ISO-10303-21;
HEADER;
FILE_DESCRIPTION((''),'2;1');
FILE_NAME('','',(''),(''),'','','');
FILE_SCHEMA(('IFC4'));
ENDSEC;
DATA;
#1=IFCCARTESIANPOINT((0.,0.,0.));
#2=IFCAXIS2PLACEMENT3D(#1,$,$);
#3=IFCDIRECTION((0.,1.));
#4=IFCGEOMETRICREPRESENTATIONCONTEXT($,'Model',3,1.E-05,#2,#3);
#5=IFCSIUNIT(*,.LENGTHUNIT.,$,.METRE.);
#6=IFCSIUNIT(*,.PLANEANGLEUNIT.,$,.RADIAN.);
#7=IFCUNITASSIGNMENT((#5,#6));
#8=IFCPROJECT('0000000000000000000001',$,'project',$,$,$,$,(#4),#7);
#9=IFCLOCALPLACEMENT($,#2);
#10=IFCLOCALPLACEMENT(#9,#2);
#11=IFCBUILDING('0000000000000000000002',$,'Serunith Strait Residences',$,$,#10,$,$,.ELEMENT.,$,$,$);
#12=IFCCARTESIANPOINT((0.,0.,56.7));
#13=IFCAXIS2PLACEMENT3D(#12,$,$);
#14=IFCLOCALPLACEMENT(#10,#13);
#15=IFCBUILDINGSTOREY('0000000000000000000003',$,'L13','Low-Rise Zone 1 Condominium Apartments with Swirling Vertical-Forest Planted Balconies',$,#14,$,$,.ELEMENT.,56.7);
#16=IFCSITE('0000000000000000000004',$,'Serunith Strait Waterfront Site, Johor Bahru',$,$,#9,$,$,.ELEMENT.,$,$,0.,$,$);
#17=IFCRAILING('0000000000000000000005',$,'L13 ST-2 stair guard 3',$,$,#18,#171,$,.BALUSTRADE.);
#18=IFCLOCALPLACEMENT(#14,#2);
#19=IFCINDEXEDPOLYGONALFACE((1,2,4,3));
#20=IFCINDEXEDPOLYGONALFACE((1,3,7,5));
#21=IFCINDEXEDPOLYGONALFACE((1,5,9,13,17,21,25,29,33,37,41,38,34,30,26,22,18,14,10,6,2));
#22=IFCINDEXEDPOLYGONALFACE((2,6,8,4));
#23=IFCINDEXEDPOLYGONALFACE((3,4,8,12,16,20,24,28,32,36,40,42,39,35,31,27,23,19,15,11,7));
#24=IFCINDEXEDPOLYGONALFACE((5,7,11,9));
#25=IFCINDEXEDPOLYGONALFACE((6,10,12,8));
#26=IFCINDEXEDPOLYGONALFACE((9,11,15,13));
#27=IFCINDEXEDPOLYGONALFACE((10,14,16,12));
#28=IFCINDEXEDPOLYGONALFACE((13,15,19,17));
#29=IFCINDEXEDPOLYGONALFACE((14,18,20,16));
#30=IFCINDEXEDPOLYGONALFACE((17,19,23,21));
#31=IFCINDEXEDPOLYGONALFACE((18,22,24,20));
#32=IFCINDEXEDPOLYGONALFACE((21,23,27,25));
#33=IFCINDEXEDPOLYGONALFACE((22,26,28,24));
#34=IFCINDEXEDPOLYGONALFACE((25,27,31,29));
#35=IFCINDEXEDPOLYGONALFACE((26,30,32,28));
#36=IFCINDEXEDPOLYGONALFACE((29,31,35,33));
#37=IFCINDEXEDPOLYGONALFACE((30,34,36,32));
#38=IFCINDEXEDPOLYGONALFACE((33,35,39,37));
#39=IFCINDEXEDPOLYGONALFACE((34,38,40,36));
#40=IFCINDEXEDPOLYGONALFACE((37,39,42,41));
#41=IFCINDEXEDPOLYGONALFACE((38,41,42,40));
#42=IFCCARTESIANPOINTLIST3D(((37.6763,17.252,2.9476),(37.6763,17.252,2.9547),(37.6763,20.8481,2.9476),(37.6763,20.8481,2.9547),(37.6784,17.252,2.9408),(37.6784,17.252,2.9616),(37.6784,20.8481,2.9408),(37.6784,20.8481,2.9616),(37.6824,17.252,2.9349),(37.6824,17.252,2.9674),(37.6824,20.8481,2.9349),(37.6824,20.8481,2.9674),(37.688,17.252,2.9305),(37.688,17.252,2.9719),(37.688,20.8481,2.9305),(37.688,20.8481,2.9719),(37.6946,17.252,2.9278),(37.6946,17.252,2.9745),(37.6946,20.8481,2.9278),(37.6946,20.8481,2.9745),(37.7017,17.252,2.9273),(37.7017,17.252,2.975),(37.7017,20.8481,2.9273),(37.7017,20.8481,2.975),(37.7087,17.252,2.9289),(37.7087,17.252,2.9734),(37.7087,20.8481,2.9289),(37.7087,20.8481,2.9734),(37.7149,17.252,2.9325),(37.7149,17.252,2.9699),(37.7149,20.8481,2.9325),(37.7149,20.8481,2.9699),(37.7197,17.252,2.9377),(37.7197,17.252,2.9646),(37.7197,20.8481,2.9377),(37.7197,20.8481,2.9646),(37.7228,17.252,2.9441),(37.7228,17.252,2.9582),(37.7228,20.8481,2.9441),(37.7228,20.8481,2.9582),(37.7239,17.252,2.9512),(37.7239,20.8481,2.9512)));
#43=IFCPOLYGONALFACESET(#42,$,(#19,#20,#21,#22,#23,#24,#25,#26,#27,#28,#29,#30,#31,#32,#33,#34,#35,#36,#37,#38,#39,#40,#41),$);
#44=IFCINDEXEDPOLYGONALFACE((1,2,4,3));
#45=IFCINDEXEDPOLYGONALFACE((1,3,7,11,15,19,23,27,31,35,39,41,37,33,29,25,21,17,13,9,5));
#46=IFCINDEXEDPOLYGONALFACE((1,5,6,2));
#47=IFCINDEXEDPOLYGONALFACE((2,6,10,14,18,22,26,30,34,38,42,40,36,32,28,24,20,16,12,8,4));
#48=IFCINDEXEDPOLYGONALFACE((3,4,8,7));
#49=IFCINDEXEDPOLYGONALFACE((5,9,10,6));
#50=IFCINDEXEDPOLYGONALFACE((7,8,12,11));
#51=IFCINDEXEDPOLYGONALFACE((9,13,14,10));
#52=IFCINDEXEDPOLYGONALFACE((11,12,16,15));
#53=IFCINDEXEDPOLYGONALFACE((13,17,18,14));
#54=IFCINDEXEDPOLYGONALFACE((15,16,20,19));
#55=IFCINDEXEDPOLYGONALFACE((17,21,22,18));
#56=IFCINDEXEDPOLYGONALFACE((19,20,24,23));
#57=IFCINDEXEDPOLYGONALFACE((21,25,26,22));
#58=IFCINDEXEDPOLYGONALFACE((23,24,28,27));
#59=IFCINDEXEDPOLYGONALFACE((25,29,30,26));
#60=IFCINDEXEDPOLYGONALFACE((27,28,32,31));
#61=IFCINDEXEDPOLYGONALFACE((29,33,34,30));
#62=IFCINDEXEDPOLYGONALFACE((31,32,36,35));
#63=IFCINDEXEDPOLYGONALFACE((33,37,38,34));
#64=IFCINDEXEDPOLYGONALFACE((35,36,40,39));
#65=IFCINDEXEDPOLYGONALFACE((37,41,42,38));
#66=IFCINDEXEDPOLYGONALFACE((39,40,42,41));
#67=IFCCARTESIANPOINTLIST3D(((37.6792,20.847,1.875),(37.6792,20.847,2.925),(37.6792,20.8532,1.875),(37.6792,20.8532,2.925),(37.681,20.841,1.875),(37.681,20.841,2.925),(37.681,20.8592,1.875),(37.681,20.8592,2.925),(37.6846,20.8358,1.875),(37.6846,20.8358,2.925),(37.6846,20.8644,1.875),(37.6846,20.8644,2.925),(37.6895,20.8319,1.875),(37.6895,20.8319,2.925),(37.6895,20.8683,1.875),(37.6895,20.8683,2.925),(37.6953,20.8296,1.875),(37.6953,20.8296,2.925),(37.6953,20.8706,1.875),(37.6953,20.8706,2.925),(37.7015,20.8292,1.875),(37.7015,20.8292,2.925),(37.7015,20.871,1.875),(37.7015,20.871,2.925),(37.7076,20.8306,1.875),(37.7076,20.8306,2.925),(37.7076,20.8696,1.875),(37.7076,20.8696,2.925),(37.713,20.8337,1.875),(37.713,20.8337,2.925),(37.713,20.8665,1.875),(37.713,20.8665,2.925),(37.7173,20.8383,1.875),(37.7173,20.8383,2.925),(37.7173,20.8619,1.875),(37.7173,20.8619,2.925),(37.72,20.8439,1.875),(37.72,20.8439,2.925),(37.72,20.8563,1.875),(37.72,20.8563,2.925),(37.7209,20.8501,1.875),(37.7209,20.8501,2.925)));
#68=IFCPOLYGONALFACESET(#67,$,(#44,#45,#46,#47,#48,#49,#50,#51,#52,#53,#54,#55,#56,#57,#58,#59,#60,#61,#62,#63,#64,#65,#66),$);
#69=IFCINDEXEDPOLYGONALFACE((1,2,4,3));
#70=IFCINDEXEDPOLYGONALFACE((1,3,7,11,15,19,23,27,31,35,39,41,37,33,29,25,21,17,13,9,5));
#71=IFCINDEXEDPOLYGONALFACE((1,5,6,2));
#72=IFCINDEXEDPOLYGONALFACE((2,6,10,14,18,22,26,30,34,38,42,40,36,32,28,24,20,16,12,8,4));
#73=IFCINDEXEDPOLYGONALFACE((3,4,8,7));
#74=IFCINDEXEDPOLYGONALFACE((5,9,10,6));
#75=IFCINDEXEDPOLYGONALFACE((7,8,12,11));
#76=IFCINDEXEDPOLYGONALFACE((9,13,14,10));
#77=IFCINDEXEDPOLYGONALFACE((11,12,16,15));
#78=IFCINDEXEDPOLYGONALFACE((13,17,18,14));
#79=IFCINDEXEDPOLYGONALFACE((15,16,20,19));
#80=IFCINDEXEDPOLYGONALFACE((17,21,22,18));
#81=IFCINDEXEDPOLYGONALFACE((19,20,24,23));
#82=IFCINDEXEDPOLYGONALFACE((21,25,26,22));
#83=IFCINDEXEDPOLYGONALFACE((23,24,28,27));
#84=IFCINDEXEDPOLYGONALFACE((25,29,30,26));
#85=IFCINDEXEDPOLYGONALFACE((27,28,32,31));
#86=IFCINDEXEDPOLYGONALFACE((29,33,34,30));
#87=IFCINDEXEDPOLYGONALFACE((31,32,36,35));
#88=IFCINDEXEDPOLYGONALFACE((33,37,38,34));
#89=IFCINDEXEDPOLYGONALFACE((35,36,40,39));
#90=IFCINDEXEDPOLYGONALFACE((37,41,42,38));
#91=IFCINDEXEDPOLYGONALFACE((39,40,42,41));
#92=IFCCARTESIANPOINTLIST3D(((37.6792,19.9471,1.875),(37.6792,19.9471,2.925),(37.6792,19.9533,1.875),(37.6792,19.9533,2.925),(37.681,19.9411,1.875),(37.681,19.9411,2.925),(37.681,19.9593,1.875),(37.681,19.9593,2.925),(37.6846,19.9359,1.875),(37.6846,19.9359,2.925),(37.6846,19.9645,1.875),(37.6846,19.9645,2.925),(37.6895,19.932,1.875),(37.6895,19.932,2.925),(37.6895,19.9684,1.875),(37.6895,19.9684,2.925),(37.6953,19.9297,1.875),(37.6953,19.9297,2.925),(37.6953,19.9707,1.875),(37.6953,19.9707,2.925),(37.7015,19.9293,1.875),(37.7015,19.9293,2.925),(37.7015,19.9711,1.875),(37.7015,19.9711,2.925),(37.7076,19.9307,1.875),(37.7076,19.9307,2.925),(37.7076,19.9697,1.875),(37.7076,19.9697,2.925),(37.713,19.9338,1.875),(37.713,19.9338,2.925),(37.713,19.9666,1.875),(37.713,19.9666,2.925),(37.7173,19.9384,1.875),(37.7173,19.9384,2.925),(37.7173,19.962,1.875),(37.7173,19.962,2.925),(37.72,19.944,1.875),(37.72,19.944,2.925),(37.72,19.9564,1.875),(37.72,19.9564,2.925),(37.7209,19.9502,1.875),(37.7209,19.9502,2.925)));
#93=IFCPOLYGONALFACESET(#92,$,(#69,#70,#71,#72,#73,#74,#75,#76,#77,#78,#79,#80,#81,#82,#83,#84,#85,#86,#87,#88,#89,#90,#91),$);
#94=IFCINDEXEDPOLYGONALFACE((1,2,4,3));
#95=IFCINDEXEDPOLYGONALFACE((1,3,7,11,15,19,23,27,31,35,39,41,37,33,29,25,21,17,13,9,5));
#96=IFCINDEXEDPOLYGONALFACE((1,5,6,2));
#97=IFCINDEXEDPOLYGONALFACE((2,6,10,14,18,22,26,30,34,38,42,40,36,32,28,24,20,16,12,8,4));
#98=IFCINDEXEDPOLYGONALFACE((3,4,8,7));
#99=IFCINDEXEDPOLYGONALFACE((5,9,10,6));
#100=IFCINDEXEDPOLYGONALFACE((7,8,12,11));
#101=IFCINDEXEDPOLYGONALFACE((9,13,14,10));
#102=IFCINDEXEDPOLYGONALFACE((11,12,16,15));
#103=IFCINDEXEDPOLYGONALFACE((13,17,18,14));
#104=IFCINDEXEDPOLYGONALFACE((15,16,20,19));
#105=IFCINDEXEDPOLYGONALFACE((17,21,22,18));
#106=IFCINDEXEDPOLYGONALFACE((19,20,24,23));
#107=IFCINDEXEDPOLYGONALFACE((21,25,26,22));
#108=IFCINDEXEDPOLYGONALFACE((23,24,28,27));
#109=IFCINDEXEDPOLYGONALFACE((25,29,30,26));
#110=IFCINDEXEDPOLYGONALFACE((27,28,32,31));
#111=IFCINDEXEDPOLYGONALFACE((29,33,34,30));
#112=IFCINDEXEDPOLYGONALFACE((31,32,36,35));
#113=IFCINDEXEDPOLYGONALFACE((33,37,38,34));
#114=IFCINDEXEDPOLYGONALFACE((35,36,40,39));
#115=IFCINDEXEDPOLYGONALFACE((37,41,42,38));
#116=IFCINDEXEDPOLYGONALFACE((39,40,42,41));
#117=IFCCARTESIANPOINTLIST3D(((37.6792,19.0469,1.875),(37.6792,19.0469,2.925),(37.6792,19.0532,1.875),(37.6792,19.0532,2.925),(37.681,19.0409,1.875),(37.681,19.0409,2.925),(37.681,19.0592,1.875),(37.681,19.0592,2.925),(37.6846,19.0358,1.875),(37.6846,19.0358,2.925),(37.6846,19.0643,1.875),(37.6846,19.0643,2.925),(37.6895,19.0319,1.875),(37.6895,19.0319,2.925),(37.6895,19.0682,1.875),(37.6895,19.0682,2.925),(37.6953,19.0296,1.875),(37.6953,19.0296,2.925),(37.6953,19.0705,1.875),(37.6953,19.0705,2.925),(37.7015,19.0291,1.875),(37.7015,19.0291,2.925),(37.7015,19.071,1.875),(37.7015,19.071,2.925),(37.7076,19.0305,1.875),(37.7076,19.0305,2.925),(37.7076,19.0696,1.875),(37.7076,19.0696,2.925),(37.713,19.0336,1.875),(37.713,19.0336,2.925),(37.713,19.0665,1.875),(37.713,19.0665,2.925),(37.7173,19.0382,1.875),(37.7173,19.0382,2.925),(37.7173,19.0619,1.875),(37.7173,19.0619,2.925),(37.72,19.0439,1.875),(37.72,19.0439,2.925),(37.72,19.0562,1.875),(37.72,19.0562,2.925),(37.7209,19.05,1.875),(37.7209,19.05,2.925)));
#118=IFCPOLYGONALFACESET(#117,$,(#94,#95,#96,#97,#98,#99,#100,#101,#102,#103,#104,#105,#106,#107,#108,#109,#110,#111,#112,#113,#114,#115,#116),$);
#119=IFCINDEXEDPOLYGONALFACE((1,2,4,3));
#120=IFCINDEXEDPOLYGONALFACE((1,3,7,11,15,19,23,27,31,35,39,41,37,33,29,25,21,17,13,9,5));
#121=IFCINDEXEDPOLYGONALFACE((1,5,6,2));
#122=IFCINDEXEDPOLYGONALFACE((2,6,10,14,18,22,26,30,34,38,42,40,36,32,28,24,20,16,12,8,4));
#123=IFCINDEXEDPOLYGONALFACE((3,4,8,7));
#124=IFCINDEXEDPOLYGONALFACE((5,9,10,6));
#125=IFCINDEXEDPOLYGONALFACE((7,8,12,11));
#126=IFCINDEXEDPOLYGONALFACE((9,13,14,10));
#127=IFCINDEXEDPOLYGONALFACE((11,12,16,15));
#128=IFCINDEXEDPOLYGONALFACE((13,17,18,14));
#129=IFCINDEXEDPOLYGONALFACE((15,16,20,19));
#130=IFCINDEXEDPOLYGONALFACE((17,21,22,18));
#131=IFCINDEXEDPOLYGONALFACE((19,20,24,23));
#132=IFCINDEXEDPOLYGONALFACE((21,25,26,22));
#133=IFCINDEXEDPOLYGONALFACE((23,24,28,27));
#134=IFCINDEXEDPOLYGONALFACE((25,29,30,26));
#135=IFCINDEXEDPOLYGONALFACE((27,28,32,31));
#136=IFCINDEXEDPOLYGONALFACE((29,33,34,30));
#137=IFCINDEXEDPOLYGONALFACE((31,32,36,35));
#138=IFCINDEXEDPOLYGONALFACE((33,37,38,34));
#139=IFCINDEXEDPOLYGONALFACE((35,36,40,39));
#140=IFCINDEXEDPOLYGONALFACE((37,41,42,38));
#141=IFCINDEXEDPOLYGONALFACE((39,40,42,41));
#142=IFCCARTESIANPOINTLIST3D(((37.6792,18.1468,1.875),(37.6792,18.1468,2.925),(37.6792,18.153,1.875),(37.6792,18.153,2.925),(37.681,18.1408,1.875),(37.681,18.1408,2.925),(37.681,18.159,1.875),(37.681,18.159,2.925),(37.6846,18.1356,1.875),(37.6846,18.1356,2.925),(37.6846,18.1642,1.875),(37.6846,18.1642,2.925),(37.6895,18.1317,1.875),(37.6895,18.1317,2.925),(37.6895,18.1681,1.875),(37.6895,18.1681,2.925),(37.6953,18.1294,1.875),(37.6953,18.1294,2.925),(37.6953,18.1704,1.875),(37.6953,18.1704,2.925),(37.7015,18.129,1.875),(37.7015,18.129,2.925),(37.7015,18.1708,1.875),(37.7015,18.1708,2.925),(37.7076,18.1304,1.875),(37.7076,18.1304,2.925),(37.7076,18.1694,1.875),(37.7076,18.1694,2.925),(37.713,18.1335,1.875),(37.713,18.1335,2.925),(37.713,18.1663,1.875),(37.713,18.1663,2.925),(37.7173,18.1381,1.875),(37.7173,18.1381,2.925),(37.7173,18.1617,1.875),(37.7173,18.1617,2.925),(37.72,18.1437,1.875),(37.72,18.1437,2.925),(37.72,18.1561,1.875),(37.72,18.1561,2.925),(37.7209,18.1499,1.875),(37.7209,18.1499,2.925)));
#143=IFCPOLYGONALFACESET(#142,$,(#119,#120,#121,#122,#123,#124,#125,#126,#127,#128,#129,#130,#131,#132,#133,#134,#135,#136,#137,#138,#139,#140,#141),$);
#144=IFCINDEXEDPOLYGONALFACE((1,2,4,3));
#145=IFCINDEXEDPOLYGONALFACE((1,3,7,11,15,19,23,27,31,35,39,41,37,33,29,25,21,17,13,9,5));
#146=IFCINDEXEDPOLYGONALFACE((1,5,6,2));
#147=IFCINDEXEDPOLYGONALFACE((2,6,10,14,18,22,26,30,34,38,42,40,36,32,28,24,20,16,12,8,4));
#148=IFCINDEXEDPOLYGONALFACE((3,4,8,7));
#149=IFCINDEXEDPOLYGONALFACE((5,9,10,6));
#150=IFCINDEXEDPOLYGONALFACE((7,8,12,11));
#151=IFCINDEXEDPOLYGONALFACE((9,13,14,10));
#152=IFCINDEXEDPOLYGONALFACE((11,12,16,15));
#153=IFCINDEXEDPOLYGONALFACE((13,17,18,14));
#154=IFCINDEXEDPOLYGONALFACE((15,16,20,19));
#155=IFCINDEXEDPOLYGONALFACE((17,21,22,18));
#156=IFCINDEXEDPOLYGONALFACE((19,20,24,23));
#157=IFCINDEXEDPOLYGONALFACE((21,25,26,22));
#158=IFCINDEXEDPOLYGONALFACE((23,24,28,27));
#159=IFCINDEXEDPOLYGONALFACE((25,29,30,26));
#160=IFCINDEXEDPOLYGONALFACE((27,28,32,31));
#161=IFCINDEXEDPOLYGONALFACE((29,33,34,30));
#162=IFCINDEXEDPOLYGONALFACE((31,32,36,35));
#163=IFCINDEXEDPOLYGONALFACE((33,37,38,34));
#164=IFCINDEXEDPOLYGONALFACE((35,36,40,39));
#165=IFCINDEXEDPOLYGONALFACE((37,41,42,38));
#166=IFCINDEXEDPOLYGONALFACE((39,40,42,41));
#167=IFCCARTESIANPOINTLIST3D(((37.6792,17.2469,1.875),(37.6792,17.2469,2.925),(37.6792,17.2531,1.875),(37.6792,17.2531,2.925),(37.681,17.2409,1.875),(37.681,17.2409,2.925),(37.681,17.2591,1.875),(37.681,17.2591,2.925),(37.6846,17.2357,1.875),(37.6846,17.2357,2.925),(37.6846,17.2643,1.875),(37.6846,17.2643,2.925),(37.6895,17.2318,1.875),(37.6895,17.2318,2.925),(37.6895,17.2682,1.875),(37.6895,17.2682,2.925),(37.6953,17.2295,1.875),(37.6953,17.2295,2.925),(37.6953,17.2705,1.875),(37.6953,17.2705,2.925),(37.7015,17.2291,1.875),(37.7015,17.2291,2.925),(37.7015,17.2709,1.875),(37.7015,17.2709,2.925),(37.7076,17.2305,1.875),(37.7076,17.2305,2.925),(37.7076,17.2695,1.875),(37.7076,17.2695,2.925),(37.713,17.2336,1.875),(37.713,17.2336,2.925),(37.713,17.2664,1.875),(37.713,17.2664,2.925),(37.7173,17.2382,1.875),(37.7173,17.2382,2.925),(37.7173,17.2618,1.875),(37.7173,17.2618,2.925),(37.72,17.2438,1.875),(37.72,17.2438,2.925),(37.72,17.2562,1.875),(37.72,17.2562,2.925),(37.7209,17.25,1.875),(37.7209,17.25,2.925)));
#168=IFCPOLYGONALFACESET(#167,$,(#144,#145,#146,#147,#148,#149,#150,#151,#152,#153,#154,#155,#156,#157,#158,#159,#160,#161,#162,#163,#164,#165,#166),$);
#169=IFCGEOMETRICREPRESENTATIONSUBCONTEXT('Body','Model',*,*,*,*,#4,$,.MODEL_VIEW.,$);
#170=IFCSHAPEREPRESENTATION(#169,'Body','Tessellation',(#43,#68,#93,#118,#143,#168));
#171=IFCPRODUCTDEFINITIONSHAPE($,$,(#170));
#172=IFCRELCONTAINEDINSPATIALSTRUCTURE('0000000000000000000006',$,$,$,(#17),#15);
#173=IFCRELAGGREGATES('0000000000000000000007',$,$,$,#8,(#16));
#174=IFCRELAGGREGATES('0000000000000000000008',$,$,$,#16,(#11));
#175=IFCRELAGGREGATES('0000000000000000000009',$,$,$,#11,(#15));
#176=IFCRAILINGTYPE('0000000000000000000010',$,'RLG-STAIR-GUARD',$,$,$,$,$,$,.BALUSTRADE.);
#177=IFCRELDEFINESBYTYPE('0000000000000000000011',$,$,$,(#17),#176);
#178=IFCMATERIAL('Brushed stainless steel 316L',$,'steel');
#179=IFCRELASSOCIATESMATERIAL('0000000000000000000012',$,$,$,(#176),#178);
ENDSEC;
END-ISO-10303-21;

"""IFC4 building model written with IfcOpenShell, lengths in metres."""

from ifc_helpers import new_model, si_unit, direction, frame, origin, origin_2d, place, context, subcontext, project, spatial, circle, extrude, material, type_object, element, save


model = new_model("IFC4")

# Units and contexts
model_context = context("Model", 3, precision=1e-05, world=origin(), true_north=direction((0.0, 1.0)))
body_context = subcontext(model_context, "Body", "Model", "MODEL_VIEW")
ifc_project = project(units=[si_unit("LENGTHUNIT", "METRE"), si_unit("PLANEANGLEUNIT", "RADIAN")], contexts=[model_context])

# Site, building, storey
site_placement = place(None, origin())
site = spatial("IfcSite", under=ifc_project, at=site_placement, Name="Serunith Strait Waterfront Site, Johor Bahru", CompositionType="ELEMENT", RefElevation=0.0)
building_placement = place(site_placement, origin())
building = spatial("IfcBuilding", under=site, at=building_placement, Name="Serunith Strait Residences", CompositionType="ELEMENT")
storey_placement = place(building_placement, frame((0.0, 0.0, 56.7)))
storey = spatial("IfcBuildingStorey", under=building, at=storey_placement, Name="L13", Description="Low-Rise Zone 1 Condominium Apartments with Swirling Vertical-Forest Planted Balconies", CompositionType="ELEMENT", Elevation=56.7)

# Railing
ifc_material_1 = material(Name="Brushed stainless steel 316L", Category="steel")
railing_type_1 = type_object("IfcRailingType", Name="RLG-STAIR-GUARD", PredefinedType="BALUSTRADE", material=ifc_material_1)
for number, where, name in (
    (1, (37.7, 20.8501, 1.875), "L13 ST-2 stair guard 3"),
):
    element("IfcRailing", number, at=place(storey_placement, frame(where)), inside=storey, type_object=railing_type_1, Name=name, PredefinedType="BALUSTRADE", context=body_context, shape_type="SweptSolid", body=[
        extrude(circle(Radius=0.0239, at=origin_2d()), frame((0.0, -0.002, 1.0762), z_axis=(0.0, -1.0, 0.0), x_axis=(1.0, 0.0, 0.0)), (0.0, 0.0, 1.0), 3.5962),
        extrude(circle(Radius=0.021, at=origin_2d()), origin(), (0.0, 0.0, 1.0), 1.05),
        extrude(circle(Radius=0.021, at=origin_2d()), frame((0.0, -0.8999, 0.0)), (0.0, 0.0, 1.0), 1.05),
        extrude(circle(Radius=0.021, at=origin_2d()), frame((0.0, -1.8, 0.0)), (0.0, 0.0, 1.0), 1.05),
        extrude(circle(Radius=0.021, at=origin_2d()), frame((0.0, -2.7002, 0.0)), (0.0, 0.0, 1.0), 1.05),
        extrude(circle(Radius=0.021, at=origin_2d()), frame((0.0, -3.6001, 0.0)), (0.0, 0.0, 1.0), 1.05),
    ])

save(model, "model.ifc")
